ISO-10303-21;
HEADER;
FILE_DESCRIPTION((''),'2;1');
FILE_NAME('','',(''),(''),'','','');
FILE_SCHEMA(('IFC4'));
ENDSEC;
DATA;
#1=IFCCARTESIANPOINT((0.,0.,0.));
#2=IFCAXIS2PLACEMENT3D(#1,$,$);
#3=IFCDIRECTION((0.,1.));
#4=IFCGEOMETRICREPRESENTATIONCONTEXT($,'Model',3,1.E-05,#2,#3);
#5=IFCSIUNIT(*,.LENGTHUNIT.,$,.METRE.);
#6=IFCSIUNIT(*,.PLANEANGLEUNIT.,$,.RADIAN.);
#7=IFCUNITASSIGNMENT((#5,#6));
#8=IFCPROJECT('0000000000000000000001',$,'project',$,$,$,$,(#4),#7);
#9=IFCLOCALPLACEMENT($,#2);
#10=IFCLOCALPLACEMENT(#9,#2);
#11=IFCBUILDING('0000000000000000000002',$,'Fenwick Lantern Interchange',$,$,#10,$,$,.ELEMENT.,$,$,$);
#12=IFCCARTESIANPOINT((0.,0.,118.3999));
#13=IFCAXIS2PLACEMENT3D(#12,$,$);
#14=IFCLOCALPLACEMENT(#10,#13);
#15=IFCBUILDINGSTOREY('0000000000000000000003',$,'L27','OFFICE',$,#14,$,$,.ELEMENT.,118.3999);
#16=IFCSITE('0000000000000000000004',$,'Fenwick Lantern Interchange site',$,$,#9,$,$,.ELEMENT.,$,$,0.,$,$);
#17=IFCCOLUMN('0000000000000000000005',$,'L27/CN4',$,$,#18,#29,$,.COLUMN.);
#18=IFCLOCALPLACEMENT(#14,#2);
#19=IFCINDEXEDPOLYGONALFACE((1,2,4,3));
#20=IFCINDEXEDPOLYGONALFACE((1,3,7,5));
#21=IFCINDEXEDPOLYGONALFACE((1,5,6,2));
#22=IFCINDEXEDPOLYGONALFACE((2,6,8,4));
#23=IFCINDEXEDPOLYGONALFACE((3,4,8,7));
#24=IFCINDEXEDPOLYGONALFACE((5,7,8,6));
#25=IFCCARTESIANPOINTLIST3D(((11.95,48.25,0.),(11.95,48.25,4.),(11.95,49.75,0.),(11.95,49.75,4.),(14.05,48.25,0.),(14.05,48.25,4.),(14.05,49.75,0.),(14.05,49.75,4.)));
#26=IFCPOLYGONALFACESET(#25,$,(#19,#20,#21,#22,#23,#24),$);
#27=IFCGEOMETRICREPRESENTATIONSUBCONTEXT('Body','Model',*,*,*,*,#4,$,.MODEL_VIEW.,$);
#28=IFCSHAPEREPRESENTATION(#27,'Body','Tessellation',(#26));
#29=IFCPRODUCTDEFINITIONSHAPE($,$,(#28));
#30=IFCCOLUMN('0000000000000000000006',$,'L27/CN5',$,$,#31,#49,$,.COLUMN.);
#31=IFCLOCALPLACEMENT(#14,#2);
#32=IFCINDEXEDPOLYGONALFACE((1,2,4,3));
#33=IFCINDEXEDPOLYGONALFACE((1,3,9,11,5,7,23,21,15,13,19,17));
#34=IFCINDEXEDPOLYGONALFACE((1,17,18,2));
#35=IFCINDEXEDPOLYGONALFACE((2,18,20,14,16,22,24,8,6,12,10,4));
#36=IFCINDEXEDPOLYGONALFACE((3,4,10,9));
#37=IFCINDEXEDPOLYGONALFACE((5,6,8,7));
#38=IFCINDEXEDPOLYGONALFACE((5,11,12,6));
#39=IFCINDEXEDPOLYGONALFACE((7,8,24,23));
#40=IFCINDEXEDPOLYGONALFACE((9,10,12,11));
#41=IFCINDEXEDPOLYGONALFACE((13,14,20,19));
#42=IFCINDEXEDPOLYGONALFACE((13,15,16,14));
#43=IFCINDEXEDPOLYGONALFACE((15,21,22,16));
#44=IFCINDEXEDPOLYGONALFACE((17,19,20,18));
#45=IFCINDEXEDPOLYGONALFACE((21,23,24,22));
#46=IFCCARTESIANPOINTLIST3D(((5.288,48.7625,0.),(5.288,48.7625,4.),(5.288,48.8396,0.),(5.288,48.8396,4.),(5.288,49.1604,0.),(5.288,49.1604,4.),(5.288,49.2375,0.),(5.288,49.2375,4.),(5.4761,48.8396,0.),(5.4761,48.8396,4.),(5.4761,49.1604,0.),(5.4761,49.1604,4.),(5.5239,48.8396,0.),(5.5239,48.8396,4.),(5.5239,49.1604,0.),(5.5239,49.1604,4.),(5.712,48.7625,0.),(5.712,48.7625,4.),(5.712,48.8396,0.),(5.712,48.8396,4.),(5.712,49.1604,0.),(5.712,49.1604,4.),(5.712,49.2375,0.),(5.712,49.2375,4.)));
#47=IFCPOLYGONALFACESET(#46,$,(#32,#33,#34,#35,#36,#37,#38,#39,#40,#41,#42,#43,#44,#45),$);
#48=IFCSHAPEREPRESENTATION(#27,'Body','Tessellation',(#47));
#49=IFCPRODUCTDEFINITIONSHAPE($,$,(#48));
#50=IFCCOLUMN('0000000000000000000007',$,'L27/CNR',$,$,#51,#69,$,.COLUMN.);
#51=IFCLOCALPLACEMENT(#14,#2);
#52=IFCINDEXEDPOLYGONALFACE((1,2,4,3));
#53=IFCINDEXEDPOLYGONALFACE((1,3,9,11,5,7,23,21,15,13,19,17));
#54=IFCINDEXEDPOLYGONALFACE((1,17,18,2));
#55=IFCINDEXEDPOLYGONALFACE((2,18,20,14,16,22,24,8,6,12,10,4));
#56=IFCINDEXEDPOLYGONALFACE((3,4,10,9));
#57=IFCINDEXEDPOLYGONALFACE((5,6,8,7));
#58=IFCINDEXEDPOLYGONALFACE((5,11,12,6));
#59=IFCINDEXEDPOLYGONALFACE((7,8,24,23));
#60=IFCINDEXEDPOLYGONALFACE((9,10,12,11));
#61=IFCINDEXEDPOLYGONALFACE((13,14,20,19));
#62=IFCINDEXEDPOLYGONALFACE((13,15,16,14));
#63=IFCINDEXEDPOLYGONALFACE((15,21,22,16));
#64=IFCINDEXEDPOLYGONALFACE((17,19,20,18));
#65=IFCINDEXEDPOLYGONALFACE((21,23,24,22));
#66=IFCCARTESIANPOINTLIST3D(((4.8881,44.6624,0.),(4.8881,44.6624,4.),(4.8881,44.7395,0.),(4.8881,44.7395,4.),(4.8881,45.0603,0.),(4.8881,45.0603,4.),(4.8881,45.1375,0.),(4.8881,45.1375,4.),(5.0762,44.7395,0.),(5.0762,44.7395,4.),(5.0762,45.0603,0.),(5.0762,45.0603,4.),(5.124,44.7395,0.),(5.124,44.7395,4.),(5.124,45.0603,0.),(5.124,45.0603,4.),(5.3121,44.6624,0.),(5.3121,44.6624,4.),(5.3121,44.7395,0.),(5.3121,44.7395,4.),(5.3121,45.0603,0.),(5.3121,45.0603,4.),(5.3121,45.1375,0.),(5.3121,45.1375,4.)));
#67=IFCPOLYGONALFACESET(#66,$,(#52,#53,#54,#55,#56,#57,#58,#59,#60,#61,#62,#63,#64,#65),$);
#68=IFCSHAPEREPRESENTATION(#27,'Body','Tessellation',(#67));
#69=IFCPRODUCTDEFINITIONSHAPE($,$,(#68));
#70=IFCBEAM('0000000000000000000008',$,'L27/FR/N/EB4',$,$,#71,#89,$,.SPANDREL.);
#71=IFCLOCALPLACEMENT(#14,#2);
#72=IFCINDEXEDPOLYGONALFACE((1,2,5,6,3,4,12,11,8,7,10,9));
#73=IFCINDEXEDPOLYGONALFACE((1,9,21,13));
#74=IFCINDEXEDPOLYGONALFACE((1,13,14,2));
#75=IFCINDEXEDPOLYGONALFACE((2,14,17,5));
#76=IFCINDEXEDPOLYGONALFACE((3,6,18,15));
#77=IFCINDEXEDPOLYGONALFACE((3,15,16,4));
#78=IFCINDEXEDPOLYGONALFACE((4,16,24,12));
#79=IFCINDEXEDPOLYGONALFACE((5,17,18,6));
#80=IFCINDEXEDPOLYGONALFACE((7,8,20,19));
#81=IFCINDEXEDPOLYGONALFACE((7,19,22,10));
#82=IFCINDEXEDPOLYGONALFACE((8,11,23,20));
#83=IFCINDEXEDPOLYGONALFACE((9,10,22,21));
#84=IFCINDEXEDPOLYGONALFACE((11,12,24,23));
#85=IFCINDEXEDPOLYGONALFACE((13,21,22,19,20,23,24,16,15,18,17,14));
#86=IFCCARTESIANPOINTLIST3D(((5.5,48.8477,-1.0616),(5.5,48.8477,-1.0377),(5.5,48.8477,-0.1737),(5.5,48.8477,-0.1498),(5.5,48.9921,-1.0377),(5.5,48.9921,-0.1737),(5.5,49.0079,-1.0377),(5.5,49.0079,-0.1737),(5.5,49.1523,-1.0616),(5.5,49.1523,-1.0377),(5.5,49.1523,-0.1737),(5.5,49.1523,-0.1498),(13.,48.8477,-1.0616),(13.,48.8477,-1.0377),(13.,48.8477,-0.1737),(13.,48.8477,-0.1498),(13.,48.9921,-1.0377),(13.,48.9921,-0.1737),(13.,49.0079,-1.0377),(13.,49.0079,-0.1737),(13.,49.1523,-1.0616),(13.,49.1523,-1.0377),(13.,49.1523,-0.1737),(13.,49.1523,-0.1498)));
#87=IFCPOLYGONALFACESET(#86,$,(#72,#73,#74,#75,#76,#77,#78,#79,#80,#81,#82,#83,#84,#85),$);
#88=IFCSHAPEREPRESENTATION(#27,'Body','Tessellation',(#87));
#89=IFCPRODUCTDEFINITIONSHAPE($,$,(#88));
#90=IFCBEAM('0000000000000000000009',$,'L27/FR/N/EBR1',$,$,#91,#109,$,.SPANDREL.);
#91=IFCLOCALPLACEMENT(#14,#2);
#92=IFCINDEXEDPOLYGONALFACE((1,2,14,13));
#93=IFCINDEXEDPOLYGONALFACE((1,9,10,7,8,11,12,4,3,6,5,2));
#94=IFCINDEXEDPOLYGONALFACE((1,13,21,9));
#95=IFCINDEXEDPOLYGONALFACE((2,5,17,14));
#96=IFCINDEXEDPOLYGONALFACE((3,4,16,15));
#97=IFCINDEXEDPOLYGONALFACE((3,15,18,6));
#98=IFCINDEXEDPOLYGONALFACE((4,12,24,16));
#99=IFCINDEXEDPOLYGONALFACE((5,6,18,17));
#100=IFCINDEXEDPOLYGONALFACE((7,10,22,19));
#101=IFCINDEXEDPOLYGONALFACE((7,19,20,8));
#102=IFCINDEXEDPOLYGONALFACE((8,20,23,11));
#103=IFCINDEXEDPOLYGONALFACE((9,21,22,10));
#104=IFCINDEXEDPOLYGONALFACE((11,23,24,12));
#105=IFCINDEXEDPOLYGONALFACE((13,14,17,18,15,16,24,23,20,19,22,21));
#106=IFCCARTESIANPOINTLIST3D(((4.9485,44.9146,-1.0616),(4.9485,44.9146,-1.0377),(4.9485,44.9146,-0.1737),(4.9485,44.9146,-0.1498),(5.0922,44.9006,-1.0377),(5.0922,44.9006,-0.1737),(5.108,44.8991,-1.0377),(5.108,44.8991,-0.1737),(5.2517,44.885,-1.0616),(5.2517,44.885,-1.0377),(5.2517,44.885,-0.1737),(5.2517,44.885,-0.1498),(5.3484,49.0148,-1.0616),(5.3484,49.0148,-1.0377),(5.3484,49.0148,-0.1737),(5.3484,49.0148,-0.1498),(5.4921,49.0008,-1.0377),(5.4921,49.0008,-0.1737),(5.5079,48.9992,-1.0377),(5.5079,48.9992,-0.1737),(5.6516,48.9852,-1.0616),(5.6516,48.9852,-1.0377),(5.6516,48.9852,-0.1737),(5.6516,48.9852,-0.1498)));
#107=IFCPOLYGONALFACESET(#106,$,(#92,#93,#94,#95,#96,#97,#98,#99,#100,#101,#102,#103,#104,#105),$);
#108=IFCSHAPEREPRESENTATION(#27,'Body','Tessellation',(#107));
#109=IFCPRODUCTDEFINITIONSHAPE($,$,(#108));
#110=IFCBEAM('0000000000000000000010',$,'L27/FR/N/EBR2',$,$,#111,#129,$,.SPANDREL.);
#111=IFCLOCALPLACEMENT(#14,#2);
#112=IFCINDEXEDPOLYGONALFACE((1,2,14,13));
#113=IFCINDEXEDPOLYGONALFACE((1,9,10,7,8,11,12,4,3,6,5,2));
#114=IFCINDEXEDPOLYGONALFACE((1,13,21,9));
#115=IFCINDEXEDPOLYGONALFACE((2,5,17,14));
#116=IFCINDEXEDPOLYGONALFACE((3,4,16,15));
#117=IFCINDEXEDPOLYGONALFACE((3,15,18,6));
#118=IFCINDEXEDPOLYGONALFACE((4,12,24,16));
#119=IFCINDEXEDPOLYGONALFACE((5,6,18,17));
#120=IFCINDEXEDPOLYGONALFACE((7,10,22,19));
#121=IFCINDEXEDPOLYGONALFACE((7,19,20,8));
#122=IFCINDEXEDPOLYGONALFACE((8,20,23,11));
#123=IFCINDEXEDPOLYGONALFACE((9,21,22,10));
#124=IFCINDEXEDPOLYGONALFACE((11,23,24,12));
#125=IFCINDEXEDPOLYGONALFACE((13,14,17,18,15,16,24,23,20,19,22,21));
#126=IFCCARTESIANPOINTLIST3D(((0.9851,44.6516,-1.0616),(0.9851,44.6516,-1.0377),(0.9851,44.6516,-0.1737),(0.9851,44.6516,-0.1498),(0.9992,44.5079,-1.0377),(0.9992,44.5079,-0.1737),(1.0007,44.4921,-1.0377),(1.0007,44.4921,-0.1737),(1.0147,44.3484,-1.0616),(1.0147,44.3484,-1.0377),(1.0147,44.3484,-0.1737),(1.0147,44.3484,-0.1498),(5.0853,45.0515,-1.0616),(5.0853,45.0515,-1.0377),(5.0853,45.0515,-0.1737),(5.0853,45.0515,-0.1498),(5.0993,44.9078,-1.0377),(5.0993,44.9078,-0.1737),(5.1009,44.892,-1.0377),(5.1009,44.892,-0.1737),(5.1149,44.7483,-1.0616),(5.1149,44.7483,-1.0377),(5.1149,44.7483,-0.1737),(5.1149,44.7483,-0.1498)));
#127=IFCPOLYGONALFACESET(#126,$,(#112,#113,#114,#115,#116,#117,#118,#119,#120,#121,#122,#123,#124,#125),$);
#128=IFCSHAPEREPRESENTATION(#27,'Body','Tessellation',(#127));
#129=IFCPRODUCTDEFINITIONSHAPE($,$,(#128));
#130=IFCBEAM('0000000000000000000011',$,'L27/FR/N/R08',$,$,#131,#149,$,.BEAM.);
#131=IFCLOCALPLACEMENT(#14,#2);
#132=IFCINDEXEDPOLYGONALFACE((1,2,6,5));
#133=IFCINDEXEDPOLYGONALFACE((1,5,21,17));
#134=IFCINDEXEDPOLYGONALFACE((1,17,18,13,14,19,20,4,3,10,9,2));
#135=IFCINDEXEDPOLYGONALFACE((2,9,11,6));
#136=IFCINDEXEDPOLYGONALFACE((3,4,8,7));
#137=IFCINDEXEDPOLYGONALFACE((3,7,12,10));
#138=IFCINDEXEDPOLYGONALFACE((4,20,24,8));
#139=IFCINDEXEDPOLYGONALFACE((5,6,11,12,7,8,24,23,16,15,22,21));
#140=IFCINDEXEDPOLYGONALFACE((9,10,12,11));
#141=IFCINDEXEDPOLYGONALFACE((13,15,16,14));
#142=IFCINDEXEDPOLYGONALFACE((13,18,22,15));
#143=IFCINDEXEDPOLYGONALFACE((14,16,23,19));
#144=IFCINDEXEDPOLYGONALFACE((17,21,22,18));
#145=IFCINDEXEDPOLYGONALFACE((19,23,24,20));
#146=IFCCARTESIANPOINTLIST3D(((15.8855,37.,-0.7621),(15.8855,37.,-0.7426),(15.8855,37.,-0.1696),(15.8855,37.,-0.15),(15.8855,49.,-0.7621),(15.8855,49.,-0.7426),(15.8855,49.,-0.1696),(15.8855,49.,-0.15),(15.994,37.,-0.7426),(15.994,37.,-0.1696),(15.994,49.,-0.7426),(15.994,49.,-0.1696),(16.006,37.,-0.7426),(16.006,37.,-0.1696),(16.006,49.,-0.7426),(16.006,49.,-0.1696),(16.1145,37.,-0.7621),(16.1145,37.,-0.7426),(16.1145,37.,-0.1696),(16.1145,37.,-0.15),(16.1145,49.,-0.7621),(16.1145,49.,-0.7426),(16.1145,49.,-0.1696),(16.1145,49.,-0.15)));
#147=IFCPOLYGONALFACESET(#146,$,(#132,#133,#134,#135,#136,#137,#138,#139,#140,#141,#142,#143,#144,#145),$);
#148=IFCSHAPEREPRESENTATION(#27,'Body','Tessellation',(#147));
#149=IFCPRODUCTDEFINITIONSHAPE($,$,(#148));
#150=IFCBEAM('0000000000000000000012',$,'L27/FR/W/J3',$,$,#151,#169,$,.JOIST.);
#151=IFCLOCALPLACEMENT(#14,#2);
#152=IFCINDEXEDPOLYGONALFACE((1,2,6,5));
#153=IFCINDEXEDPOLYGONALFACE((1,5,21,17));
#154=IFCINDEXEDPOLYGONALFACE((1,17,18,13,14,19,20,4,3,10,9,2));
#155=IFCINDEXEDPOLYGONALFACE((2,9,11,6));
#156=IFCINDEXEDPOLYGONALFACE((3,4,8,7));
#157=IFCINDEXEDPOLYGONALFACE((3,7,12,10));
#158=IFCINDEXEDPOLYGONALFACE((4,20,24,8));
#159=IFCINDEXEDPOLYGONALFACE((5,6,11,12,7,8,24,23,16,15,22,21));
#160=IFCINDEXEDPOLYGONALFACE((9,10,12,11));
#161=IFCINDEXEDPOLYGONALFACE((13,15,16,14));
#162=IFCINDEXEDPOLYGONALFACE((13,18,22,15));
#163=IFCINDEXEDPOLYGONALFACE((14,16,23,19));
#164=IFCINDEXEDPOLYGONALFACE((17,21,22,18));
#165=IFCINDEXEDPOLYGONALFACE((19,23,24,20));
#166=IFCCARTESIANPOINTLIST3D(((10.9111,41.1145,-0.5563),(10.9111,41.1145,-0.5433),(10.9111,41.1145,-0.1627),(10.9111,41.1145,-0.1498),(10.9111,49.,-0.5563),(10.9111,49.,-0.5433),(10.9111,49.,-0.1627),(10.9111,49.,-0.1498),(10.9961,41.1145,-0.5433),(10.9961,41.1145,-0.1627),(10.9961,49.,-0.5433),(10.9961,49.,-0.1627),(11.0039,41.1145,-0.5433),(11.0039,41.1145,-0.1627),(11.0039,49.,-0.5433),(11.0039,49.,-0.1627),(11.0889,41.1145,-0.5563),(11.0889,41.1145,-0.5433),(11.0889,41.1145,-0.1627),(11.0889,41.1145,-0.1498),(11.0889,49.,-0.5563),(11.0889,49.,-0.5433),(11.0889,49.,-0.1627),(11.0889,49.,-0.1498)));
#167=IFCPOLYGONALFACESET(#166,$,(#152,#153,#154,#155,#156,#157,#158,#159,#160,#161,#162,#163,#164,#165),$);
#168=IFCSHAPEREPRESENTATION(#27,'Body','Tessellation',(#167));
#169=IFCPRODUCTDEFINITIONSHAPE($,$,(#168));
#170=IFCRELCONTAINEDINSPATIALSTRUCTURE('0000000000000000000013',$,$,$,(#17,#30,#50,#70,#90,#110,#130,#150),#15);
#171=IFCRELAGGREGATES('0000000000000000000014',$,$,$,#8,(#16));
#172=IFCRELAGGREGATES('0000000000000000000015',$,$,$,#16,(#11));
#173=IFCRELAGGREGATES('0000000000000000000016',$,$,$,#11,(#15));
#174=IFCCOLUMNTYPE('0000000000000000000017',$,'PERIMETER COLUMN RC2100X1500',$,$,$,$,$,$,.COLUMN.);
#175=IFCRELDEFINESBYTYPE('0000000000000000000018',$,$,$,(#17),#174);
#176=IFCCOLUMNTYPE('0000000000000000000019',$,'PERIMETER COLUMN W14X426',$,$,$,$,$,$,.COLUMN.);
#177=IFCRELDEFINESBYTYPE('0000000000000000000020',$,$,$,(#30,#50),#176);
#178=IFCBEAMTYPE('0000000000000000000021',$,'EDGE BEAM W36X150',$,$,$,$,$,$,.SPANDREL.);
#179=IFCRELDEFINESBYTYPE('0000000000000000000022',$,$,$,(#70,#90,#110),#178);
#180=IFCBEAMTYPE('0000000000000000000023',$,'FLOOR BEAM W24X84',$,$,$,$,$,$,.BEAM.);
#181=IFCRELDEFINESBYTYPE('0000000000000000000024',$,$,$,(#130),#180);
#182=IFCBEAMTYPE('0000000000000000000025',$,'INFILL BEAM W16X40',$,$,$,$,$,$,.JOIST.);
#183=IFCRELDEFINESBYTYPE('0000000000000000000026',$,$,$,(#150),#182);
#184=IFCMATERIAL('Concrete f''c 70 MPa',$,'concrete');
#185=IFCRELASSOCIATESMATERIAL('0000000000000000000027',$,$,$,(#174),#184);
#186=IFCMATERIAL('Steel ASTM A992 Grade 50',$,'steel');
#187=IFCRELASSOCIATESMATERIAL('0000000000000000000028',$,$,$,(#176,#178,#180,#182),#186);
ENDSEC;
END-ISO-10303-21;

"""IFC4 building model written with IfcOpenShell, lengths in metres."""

from ifc_helpers import new_model, si_unit, direction, frame, origin, origin_2d, place, context, subcontext, project, spatial, rectangle, i_section, extrude, material, material_profile, profile_set, type_object, element, save


model = new_model("IFC4")

# Units and contexts
model_context = context("Model", 3, precision=1e-05, world=origin(), true_north=direction((0.0, 1.0)))
body_context = subcontext(model_context, "Body", "Model", "MODEL_VIEW")
ifc_project = project(units=[si_unit("LENGTHUNIT", "METRE"), si_unit("PLANEANGLEUNIT", "RADIAN")], contexts=[model_context])

# Site, building, storey
site_placement = place(None, origin())
site = spatial("IfcSite", under=ifc_project, at=site_placement, Name="Fenwick Lantern Interchange site", CompositionType="ELEMENT", RefElevation=0.0)
building_placement = place(site_placement, origin())
building = spatial("IfcBuilding", under=site, at=building_placement, Name="Fenwick Lantern Interchange", CompositionType="ELEMENT")
storey_placement = place(building_placement, frame((0.0, 0.0, 118.3999)))
storey = spatial("IfcBuildingStorey", under=building, at=storey_placement, Name="L27", Description="OFFICE", CompositionType="ELEMENT", Elevation=118.3999)

# Columns
ifc_material_1 = material(Name="Concrete f'c 70 MPa", Category="concrete")
ifc_material_profile_1 = material_profile(ifc_material_1, rectangle(XDim=2.1001, YDim=1.5, at=origin_2d()), Name="RC2100X1500")
ifc_profile_set_1 = profile_set([ifc_material_profile_1], Name="Concrete f'c 70 MPa")
column_type_1 = type_object("IfcColumnType", Name="PERIMETER COLUMN RC2100X1500", PredefinedType="COLUMN", material=ifc_profile_set_1)
column_placement = place(storey_placement, frame((13.0, 49.0, 0.0), z_axis=(0.0, 0.0, 1.0), x_axis=(1.0, 0.0, 0.0)))
element("IfcColumn", 1, at=column_placement, inside=storey, type_object=column_type_1, Name="L27/CN4", PredefinedType="COLUMN", context=body_context, shape_type="SweptSolid", body=[
    extrude(rectangle(XDim=2.1001, YDim=1.5, at=origin_2d()), origin(), (0.0, 0.0, 1.0), 4.0),
])
ifc_material_2 = material(Name="Steel ASTM A992 Grade 50", Category="steel")
ifc_material_profile_2 = material_profile(ifc_material_2, i_section(OverallWidth=0.4241, OverallDepth=0.4751, WebThickness=0.0479, FlangeThickness=0.0771, at=origin_2d()), Name="W14X426")
ifc_profile_set_2 = profile_set([ifc_material_profile_2], Name="Steel ASTM A992 Grade 50")
column_type_2 = type_object("IfcColumnType", Name="PERIMETER COLUMN W14X426", PredefinedType="COLUMN", material=ifc_profile_set_2)
for number, where, z_axis, x_axis, name in (
    (2, (5.5, 49.0, 0.0), (0.0, 0.0, 1.0), (1.0, 0.0, 0.0), "L27/CN5"),
    (3, (5.1001, 44.8999, 0.0), (0.0, 0.0, 1.0), (1.0, 0.0, 0.0), "L27/CNR"),
):
    element("IfcColumn", number, at=place(storey_placement, frame(where, z_axis=z_axis, x_axis=x_axis)), inside=storey, type_object=column_type_2, Name=name, PredefinedType="COLUMN", context=body_context, shape_type="SweptSolid", body=[
        extrude(i_section(OverallWidth=0.4241, OverallDepth=0.4751, WebThickness=0.0479, FlangeThickness=0.0771, at=origin_2d()), origin(), (0.0, 0.0, 1.0), 4.0),
    ])

# Beams
ifc_material_profile_3 = material_profile(ifc_material_2, i_section(OverallWidth=0.3047, OverallDepth=0.9119, WebThickness=0.0159, FlangeThickness=0.0239, at=origin_2d()), Name="W36X150")
ifc_profile_set_3 = profile_set([ifc_material_profile_3], Name="Steel ASTM A992 Grade 50")
beam_type_1 = type_object("IfcBeamType", Name="EDGE BEAM W36X150", PredefinedType="SPANDREL", material=ifc_profile_set_3)
beam_1_placement = place(storey_placement, frame((13.0, 49.0, -0.6057), z_axis=(-1.0, 0.0, 0.0), x_axis=(0.0, -1.0, 0.0)))
element("IfcBeam", 4, at=beam_1_placement, inside=storey, type_object=beam_type_1, Name="L27/FR/N/EB4", PredefinedType="SPANDREL", context=body_context, shape_type="SweptSolid", body=[
    extrude(i_section(OverallWidth=0.3047, OverallDepth=0.9119, WebThickness=0.0159, FlangeThickness=0.0239, at=origin_2d()), origin(), (0.0, 0.0, 1.0), 7.5),
])
for number, where, z_axis, x_axis, name in (
    (5, (5.5, 49.0, -0.6057), (-0.097074, -0.995277, 0.0), (0.995277, -0.097074, 0.0), "L27/FR/N/EBR1"),
    (6, (5.1001, 44.8999, -0.6057), (-0.995277, -0.097074, 0.0), (0.097074, -0.995277, 0.0), "L27/FR/N/EBR2"),
):
    element("IfcBeam", number, at=place(storey_placement, frame(where, z_axis=z_axis, x_axis=x_axis)), inside=storey, type_object=beam_type_1, Name=name, PredefinedType="SPANDREL", context=body_context, shape_type="SweptSolid", body=[
        extrude(i_section(OverallWidth=0.3047, OverallDepth=0.9119, WebThickness=0.0159, FlangeThickness=0.0239, at=origin_2d()), origin(), (0.0, 0.0, 1.0), 4.1196),
    ])
ifc_material_profile_4 = material_profile(ifc_material_2, i_section(OverallWidth=0.229, OverallDepth=0.6121, WebThickness=0.012, FlangeThickness=0.0195, at=origin_2d()), Name="W24X84")
ifc_profile_set_4 = profile_set([ifc_material_profile_4], Name="Steel ASTM A992 Grade 50")
beam_type_2 = type_object("IfcBeamType", Name="FLOOR BEAM W24X84", PredefinedType="BEAM", material=ifc_profile_set_4)
beam_2_placement = place(storey_placement, frame((16.0, 49.0, -0.4561), z_axis=(0.0, -1.0, 0.0), x_axis=(1.0, 0.0, 0.0)))
element("IfcBeam", 7, at=beam_2_placement, inside=storey, type_object=beam_type_2, Name="L27/FR/N/R08", PredefinedType="BEAM", context=body_context, shape_type="SweptSolid", body=[
    extrude(i_section(OverallWidth=0.229, OverallDepth=0.6121, WebThickness=0.012, FlangeThickness=0.0195, at=origin_2d()), origin(), (0.0, 0.0, 1.0), 12.0),
])
ifc_material_profile_5 = material_profile(ifc_material_2, i_section(OverallWidth=0.1777, OverallDepth=0.4065, WebThickness=0.0078, FlangeThickness=0.0129, at=origin_2d()), Name="W16X40")
ifc_profile_set_5 = profile_set([ifc_material_profile_5], Name="Steel ASTM A992 Grade 50")
beam_type_3 = type_object("IfcBeamType", Name="INFILL BEAM W16X40", PredefinedType="JOIST", material=ifc_profile_set_5)
beam_3_placement = place(storey_placement, frame((11.0, 49.0, -0.353), z_axis=(0.0, -1.0, 0.0), x_axis=(1.0, 0.0, 0.0)))
element("IfcBeam", 8, at=beam_3_placement, inside=storey, type_object=beam_type_3, Name="L27/FR/W/J3", PredefinedType="JOIST", context=body_context, shape_type="SweptSolid", body=[
    extrude(i_section(OverallWidth=0.1777, OverallDepth=0.4065, WebThickness=0.0078, FlangeThickness=0.0129, at=origin_2d()), origin(), (0.0, 0.0, 1.0), 7.8855),
])

save(model, "model.ifc")
